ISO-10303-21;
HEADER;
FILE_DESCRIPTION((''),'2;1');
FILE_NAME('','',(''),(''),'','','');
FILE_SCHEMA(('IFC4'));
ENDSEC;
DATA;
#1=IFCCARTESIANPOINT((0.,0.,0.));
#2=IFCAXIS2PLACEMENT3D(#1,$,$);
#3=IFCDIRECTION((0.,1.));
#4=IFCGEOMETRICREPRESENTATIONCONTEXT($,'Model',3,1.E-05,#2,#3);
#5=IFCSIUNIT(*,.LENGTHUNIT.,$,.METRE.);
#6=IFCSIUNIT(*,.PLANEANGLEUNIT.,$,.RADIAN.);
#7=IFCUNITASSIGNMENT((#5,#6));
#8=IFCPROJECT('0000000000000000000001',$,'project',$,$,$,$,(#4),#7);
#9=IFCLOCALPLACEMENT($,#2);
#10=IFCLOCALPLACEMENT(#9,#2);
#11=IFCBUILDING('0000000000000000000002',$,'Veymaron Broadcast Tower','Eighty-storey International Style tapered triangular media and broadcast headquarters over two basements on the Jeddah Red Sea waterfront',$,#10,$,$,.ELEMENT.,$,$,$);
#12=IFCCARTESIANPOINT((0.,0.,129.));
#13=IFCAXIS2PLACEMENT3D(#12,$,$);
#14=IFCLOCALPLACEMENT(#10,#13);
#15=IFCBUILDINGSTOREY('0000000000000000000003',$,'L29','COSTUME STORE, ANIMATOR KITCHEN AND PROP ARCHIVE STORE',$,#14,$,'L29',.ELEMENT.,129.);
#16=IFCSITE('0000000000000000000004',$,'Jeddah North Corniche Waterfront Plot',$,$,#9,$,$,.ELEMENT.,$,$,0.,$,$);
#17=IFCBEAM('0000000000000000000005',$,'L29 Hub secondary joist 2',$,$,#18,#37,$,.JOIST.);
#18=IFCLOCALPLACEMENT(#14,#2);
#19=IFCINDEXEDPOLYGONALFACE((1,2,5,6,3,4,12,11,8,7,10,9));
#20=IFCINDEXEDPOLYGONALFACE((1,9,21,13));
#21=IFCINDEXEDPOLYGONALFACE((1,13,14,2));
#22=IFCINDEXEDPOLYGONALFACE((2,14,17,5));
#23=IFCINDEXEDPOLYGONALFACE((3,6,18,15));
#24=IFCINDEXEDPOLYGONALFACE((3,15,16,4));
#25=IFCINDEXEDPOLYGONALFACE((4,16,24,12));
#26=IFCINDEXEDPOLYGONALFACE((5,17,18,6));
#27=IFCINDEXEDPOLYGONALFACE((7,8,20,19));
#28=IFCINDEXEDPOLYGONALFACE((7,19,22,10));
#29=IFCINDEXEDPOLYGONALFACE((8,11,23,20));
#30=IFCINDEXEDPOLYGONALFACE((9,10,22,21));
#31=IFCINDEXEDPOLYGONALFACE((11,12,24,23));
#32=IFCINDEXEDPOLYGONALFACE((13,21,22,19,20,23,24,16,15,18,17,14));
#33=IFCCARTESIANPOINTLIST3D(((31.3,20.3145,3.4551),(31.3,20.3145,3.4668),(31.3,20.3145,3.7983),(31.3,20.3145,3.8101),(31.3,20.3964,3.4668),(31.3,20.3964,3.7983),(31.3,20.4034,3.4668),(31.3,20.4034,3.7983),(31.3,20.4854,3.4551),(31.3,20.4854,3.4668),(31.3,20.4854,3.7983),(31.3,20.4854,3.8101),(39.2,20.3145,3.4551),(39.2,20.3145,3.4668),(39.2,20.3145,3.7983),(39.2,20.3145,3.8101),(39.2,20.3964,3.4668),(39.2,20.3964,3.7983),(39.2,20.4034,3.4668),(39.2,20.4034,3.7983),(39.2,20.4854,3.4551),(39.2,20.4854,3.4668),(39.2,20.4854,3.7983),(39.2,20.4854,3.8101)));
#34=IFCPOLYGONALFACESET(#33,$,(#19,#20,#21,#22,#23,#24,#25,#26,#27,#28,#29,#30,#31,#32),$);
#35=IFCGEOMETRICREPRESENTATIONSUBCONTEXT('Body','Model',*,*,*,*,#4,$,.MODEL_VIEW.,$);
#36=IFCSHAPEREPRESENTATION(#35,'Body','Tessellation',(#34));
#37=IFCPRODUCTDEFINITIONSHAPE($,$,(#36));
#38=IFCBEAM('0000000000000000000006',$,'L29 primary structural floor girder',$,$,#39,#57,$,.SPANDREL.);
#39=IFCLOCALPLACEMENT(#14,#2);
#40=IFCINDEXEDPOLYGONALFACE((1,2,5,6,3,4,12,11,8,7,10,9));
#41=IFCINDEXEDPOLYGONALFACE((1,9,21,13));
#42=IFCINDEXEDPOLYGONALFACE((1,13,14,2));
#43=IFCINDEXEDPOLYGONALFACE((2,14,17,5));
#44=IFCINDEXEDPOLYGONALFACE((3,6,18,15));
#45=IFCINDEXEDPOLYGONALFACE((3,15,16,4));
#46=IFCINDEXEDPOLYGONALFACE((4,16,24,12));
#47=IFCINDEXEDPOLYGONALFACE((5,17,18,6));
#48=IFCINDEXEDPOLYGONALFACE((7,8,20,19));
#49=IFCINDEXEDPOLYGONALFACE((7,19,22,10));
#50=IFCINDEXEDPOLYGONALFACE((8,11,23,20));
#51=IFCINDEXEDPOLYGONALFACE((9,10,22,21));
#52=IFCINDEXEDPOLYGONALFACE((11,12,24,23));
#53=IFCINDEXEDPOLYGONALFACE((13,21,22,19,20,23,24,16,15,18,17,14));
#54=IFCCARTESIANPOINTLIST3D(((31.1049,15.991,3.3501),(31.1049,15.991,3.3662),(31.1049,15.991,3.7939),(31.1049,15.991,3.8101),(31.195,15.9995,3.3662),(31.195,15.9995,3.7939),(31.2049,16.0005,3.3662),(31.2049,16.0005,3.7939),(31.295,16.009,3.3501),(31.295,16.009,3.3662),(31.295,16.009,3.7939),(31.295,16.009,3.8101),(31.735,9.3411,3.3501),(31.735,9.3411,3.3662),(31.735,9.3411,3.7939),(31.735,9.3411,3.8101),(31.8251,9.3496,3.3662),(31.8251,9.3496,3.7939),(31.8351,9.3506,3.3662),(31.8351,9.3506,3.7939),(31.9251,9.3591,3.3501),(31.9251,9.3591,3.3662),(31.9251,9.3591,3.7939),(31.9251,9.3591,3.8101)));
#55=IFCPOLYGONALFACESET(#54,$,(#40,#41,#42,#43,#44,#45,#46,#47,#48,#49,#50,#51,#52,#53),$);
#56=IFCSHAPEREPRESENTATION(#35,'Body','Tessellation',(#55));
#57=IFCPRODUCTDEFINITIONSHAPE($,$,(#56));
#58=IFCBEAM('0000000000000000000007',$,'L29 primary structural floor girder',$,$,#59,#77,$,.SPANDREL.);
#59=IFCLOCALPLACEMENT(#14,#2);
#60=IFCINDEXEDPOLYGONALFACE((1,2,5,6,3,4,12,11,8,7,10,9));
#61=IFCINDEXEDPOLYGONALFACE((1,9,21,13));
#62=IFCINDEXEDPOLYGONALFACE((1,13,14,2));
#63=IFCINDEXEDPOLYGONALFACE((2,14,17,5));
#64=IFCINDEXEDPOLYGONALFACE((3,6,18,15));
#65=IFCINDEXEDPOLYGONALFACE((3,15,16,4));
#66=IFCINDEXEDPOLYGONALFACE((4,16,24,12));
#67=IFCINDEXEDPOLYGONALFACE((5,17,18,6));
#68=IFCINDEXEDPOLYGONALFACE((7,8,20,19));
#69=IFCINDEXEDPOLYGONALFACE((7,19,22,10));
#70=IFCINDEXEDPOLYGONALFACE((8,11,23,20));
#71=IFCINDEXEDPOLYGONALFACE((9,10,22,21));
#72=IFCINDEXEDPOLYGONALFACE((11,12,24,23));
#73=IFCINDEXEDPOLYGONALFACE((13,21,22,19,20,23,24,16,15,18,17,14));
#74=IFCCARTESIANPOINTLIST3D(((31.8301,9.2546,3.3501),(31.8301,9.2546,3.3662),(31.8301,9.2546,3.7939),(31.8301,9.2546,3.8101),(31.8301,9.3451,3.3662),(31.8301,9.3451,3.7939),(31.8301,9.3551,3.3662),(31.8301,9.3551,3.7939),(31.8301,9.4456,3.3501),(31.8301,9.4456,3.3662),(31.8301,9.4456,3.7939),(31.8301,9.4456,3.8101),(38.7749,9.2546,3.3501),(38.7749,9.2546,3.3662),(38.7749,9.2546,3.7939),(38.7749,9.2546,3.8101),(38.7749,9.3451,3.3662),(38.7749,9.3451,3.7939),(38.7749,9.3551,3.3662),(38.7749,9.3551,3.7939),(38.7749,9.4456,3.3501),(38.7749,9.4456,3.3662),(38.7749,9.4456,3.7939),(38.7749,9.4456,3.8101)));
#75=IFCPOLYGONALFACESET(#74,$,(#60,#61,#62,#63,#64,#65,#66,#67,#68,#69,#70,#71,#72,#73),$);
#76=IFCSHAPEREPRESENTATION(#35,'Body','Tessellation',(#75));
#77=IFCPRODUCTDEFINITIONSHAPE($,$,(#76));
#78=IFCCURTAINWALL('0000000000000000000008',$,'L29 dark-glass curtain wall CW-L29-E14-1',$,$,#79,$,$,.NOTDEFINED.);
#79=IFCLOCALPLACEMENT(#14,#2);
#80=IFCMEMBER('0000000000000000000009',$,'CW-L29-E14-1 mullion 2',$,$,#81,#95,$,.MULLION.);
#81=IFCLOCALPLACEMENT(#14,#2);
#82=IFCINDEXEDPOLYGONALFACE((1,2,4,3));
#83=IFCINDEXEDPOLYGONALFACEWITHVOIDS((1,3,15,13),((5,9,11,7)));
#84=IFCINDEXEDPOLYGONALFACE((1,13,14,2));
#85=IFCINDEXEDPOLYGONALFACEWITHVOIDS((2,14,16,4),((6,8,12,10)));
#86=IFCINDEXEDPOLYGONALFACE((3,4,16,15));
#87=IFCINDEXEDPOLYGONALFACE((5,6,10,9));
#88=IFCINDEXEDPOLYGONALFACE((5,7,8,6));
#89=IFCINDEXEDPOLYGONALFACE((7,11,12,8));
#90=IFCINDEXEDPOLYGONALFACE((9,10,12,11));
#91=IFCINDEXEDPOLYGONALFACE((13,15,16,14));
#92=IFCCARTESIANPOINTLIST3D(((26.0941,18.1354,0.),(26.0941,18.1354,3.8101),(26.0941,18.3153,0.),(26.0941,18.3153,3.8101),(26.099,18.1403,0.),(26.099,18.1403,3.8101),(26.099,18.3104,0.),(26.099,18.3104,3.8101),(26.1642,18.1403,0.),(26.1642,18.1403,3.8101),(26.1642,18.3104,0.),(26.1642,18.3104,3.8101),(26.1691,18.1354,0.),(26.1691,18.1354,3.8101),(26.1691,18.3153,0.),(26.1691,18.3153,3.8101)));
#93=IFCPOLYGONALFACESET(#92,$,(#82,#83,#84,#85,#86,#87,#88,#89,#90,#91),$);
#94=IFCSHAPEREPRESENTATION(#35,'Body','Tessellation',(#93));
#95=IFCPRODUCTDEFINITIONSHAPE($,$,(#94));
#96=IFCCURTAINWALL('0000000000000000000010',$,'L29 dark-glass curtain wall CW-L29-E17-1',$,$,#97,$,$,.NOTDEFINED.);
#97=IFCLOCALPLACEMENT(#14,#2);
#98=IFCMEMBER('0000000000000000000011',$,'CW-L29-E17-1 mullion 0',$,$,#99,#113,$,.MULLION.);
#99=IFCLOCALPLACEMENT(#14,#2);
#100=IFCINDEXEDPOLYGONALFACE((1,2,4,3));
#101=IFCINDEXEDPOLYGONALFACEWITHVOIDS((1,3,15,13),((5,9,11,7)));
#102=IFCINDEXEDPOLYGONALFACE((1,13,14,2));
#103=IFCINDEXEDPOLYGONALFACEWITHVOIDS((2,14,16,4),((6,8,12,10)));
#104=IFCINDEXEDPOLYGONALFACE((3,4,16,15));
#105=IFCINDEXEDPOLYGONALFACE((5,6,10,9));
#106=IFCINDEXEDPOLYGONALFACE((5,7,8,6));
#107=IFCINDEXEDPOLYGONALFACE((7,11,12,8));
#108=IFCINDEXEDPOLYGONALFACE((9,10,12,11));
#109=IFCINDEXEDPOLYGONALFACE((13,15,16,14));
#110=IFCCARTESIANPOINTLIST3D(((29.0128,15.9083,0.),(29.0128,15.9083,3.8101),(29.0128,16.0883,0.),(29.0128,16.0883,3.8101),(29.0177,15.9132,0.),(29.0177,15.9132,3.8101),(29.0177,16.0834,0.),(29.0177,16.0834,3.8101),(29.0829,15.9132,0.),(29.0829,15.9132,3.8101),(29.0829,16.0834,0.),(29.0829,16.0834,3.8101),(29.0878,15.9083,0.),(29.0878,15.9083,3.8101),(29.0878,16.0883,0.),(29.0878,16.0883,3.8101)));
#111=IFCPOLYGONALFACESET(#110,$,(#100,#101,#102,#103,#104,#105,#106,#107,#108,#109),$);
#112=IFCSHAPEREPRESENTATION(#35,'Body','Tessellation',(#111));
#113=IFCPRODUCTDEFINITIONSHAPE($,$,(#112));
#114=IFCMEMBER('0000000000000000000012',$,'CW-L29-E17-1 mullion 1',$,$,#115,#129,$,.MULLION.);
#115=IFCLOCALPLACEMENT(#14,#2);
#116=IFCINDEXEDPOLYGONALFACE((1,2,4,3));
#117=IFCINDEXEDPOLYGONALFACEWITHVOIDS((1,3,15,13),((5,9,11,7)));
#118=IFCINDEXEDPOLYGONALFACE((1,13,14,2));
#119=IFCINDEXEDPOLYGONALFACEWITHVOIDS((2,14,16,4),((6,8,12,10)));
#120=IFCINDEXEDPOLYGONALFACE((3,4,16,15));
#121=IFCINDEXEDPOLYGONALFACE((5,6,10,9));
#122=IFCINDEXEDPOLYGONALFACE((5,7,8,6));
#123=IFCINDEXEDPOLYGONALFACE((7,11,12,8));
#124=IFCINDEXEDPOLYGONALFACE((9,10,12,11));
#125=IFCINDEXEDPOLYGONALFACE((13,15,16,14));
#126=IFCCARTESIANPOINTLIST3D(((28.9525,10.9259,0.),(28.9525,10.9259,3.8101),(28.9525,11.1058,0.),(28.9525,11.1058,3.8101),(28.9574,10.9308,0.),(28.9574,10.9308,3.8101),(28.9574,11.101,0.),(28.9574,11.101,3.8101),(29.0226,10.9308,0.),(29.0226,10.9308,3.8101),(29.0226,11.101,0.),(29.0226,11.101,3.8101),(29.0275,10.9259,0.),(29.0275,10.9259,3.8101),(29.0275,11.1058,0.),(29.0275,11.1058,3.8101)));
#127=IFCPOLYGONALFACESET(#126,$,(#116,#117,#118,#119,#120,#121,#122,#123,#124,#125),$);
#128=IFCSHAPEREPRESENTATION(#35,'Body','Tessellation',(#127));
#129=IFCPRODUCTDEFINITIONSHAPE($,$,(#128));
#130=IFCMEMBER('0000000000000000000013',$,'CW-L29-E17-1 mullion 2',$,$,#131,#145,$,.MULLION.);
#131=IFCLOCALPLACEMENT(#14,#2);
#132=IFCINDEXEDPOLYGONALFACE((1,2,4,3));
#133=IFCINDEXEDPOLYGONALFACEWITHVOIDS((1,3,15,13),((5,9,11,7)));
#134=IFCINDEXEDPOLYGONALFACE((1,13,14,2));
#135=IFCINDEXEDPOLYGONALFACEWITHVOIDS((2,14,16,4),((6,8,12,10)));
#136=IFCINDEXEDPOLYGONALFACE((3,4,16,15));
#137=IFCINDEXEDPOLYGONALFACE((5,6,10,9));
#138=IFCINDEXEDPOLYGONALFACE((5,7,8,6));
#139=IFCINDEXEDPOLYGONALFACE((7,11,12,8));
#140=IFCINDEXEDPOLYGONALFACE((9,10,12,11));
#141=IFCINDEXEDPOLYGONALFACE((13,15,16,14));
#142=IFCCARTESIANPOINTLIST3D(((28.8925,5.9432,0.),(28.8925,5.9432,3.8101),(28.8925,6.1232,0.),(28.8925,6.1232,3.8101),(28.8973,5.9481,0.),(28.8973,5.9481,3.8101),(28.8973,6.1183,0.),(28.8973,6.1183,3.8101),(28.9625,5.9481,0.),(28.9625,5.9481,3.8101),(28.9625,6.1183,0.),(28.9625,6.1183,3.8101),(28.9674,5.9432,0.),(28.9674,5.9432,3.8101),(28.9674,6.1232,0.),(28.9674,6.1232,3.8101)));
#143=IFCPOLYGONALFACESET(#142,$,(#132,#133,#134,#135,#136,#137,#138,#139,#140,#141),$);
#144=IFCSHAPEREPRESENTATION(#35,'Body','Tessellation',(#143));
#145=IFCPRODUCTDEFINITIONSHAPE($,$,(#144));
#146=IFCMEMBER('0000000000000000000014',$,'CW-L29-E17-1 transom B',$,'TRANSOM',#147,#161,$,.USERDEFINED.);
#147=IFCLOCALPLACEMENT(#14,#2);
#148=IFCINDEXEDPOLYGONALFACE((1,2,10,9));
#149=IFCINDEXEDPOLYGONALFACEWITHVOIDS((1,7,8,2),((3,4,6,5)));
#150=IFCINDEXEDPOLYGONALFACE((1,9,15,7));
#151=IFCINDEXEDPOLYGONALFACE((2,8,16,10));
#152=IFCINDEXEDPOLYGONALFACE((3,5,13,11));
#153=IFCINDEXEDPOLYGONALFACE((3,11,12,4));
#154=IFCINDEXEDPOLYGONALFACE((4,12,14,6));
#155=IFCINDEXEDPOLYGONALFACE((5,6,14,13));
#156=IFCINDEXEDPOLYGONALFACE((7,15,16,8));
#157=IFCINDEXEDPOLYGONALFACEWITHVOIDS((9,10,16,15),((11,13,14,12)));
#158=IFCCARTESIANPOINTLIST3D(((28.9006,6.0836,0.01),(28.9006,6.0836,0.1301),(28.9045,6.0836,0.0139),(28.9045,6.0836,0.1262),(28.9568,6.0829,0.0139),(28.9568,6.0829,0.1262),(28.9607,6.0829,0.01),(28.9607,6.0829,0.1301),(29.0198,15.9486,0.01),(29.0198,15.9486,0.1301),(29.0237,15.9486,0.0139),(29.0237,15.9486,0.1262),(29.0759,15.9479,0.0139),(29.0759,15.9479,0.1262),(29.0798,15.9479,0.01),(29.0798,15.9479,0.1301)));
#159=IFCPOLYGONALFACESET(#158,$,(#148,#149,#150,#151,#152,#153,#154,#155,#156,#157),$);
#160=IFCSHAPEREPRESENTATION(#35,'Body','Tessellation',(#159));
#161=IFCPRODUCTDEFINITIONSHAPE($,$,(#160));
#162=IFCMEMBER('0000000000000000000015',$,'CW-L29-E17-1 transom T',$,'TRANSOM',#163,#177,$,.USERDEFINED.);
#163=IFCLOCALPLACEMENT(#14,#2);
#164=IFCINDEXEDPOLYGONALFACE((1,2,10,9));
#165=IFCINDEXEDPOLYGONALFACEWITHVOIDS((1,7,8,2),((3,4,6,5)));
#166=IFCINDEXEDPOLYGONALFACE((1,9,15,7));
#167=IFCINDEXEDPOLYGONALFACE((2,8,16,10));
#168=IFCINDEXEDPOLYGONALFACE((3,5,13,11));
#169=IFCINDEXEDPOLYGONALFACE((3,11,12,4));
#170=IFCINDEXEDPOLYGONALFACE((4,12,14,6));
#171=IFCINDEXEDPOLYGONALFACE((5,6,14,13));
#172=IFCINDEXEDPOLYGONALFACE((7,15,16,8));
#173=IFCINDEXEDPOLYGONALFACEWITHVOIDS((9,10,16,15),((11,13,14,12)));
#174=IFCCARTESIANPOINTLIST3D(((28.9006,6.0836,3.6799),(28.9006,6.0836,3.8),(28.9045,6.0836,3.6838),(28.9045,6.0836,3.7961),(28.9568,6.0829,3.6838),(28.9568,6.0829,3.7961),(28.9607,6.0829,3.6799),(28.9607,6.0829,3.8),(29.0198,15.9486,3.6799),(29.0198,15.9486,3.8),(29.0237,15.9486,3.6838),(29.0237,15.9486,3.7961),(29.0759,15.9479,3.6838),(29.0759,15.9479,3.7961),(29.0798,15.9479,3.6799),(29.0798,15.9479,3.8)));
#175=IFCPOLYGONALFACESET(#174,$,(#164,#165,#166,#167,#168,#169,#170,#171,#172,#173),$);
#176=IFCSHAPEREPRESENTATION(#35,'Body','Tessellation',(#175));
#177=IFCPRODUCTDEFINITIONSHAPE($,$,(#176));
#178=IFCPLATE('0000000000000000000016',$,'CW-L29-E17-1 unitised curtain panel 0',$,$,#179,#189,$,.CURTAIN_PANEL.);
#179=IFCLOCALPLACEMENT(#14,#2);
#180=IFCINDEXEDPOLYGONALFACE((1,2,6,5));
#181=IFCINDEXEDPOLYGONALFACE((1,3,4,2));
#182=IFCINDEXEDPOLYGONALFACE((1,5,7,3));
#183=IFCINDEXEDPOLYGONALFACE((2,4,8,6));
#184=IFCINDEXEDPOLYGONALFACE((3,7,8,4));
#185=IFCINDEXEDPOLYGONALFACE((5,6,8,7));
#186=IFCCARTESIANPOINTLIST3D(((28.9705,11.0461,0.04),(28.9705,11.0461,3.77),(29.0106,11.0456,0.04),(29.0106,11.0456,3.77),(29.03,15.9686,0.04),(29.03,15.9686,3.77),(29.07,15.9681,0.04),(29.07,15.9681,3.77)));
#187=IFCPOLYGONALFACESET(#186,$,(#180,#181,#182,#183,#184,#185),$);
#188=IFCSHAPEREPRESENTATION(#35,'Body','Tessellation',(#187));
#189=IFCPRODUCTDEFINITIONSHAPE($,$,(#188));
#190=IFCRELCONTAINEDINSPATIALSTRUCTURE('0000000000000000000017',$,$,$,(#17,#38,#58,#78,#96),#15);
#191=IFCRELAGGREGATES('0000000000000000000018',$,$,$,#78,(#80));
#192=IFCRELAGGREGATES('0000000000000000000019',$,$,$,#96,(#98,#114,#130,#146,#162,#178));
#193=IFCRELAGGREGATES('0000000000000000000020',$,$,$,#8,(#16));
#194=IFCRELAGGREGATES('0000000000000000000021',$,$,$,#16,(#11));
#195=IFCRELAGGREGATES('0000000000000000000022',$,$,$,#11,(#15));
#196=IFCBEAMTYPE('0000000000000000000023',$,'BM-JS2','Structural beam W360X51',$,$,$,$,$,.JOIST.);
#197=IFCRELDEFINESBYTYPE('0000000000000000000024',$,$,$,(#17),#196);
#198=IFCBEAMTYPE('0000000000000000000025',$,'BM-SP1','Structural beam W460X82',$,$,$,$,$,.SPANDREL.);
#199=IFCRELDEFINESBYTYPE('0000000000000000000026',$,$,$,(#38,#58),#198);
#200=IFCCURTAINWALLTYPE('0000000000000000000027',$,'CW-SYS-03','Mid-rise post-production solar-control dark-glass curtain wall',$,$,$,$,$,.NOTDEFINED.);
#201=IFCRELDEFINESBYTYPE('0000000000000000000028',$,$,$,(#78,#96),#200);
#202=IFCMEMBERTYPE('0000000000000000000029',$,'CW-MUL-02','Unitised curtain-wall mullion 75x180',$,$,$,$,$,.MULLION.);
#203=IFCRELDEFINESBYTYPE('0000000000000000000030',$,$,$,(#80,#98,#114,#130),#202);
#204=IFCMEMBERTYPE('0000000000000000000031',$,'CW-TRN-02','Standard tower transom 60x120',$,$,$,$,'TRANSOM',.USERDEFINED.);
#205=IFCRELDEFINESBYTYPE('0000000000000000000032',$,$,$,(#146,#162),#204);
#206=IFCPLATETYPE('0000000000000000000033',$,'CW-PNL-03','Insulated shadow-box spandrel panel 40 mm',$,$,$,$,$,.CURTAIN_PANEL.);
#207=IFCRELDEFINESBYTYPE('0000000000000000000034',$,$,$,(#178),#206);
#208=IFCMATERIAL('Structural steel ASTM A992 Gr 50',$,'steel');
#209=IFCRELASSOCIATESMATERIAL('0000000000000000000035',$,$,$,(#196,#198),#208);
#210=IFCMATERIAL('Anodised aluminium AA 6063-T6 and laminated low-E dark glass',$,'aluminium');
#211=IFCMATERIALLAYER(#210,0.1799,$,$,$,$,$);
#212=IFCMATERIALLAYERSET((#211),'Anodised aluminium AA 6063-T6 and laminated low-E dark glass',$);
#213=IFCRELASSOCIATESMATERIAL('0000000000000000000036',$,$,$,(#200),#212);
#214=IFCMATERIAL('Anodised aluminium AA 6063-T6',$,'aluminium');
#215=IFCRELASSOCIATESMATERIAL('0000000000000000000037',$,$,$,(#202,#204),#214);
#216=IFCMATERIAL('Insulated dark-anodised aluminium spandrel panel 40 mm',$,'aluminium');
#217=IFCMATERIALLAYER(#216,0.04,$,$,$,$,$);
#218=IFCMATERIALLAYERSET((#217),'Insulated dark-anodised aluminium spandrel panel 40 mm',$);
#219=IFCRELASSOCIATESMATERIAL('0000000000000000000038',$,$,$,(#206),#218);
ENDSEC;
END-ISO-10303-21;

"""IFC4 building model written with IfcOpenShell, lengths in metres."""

from ifc_helpers import new_model, si_unit, direction, frame, origin, origin_2d, place, context, subcontext, project, spatial, rectangle, hollow_rectangle, i_section, extrude, material, layer, layer_set, material_profile, profile_set, type_object, element, aggregate, save


model = new_model("IFC4")

# Units and contexts
model_context = context("Model", 3, precision=1e-05, world=origin(), true_north=direction((0.0, 1.0)))
body_context = subcontext(model_context, "Body", "Model", "MODEL_VIEW")
ifc_project = project(units=[si_unit("LENGTHUNIT", "METRE"), si_unit("PLANEANGLEUNIT", "RADIAN")], contexts=[model_context])

# Site, building, storey
site_placement = place(None, origin())
site = spatial("IfcSite", under=ifc_project, at=site_placement, Name="Jeddah North Corniche Waterfront Plot", CompositionType="ELEMENT", RefElevation=0.0)
building_placement = place(site_placement, origin())
building = spatial("IfcBuilding", under=site, at=building_placement, Name="Veymaron Broadcast Tower", Description="Eighty-storey International Style tapered triangular media and broadcast headquarters over two basements on the Jeddah Red Sea waterfront", CompositionType="ELEMENT")
storey_placement = place(building_placement, frame((0.0, 0.0, 129.0)))
storey = spatial("IfcBuildingStorey", under=building, at=storey_placement, Name="L29", Description="COSTUME STORE, ANIMATOR KITCHEN AND PROP ARCHIVE STORE", LongName="L29", CompositionType="ELEMENT", Elevation=129.0)

# Shared definitions
ifc_material_1 = material(Name="Structural steel ASTM A992 Gr 50", Category="steel")

# Beams
ifc_material_profile_1 = material_profile(ifc_material_1, i_section(OverallWidth=0.1709, OverallDepth=0.355, WebThickness=0.0071, FlangeThickness=0.0117, at=origin_2d()), Name="W360X51")
ifc_profile_set_1 = profile_set([ifc_material_profile_1], Name="Structural steel ASTM A992 Gr 50")
beam_type_1 = type_object("IfcBeamType", Name="BM-JS2", Description="Structural beam W360X51", PredefinedType="JOIST", material=ifc_profile_set_1)
for number, where, z_axis, x_axis, name in (
    (1, (31.3, 20.3999, 3.6326), (1.0, 0.0, 0.0), (0.0, 1.0, 0.0), "L29 Hub secondary joist 2"),
):
    element("IfcBeam", number, at=place(storey_placement, frame(where, z_axis=z_axis, x_axis=x_axis)), inside=storey, type_object=beam_type_1, Name=name, PredefinedType="JOIST", context=body_context, shape_type="SweptSolid", body=[
        extrude(i_section(OverallWidth=0.1709, OverallDepth=0.355, WebThickness=0.0071, FlangeThickness=0.0117, at=origin_2d()), origin(), (0.0, 0.0, 1.0), 7.8999),
    ])
ifc_material_profile_2 = material_profile(ifc_material_1, i_section(OverallWidth=0.1909, OverallDepth=0.46, WebThickness=0.01, FlangeThickness=0.0161, at=origin_2d()), Name="W460X82")
ifc_profile_set_2 = profile_set([ifc_material_profile_2], Name="Structural steel ASTM A992 Gr 50")
beam_type_2 = type_object("IfcBeamType", Name="BM-SP1", Description="Structural beam W460X82", PredefinedType="SPANDREL", material=ifc_profile_set_2)
beam_1_placement = place(storey_placement, frame((31.2, 16.0, 3.5801), z_axis=(0.094335, -0.995541, 0.0), x_axis=(0.995541, 0.094335, 0.0)))
element("IfcBeam", 2, at=beam_1_placement, inside=storey, type_object=beam_type_2, Name="L29 primary structural floor girder", PredefinedType="SPANDREL", context=body_context, shape_type="SweptSolid", body=[
    extrude(i_section(OverallWidth=0.1909, OverallDepth=0.46, WebThickness=0.01, FlangeThickness=0.0161, at=origin_2d()), origin(), (0.0, 0.0, 1.0), 6.6797),
])
beam_2_placement = place(storey_placement, frame((31.8301, 9.3501, 3.5801), z_axis=(1.0, 0.0, 0.0), x_axis=(0.0, 1.0, 0.0)))
element("IfcBeam", 3, at=beam_2_placement, inside=storey, type_object=beam_type_2, Name="L29 primary structural floor girder", PredefinedType="SPANDREL", context=body_context, shape_type="SweptSolid", body=[
    extrude(i_section(OverallWidth=0.1909, OverallDepth=0.46, WebThickness=0.01, FlangeThickness=0.0161, at=origin_2d()), origin(), (0.0, 0.0, 1.0), 6.9448),
])

# Curtain wall, member
ifc_material_2 = material(Name="Anodised aluminium AA 6063-T6 and laminated low-E dark glass", Category="aluminium")
ifc_layer_1 = layer(ifc_material_2, 0.1799)
ifc_layer_set_1 = layer_set([ifc_layer_1], Name="Anodised aluminium AA 6063-T6 and laminated low-E dark glass")
curtain_wall_type = type_object("IfcCurtainWallType", Name="CW-SYS-03", Description="Mid-rise post-production solar-control dark-glass curtain wall", PredefinedType="NOTDEFINED", material=ifc_layer_set_1)
curtain_wall_1_placement = place(storey_placement, origin())
curtain_wall_1 = element("IfcCurtainWall", 4, at=curtain_wall_1_placement, inside=storey, type_object=curtain_wall_type, Name="L29 dark-glass curtain wall CW-L29-E14-1", PredefinedType="NOTDEFINED")
ifc_material_3 = material(Name="Anodised aluminium AA 6063-T6", Category="aluminium")
ifc_material_profile_3 = material_profile(ifc_material_3, hollow_rectangle(XDim=0.075, YDim=0.1799, WallThickness=0.0049, at=origin_2d()), Name="AL180X75X5")
ifc_profile_set_3 = profile_set([ifc_material_profile_3], Name="Anodised aluminium AA 6063-T6")
member_type_1 = type_object("IfcMemberType", Name="CW-MUL-02", Description="Unitised curtain-wall mullion 75x180", PredefinedType="MULLION", material=ifc_profile_set_3)
member_1_placement = place(storey_placement, frame((26.1316, 18.2253, 0.0), z_axis=(0.0, 0.0, 1.0), x_axis=(1.0, 0.0, 0.0)))
member_1 = element("IfcMember", 5, at=member_1_placement, type_object=member_type_1, Name="CW-L29-E14-1 mullion 2", PredefinedType="MULLION", context=body_context, shape_type="SweptSolid", body=[
    extrude(hollow_rectangle(XDim=0.075, YDim=0.1799, WallThickness=0.0049, at=origin_2d()), origin(), (0.0, 0.0, 1.0), 3.8101),
])
aggregate(curtain_wall_1, [member_1])

# Curtain wall, members, plate
curtain_wall_2_placement = place(storey_placement, origin())
curtain_wall_2 = element("IfcCurtainWall", 6, at=curtain_wall_2_placement, inside=storey, type_object=curtain_wall_type, Name="L29 dark-glass curtain wall CW-L29-E17-1", PredefinedType="NOTDEFINED")
member_2_placement = place(storey_placement, frame((29.0503, 15.9983, 0.0), z_axis=(0.0, 0.0, 1.0), x_axis=(1.0, 0.0, 0.0)))
member_2 = element("IfcMember", 7, at=member_2_placement, type_object=member_type_1, Name="CW-L29-E17-1 mullion 0", PredefinedType="MULLION", context=body_context, shape_type="SweptSolid", body=[
    extrude(hollow_rectangle(XDim=0.075, YDim=0.1799, WallThickness=0.0049, at=origin_2d()), origin(), (0.0, 0.0, 1.0), 3.8101),
])
member_3_placement = place(storey_placement, frame((28.99, 11.0159, 0.0), z_axis=(0.0, 0.0, 1.0), x_axis=(1.0, 0.0, 0.0)))
member_3 = element("IfcMember", 8, at=member_3_placement, type_object=member_type_1, Name="CW-L29-E17-1 mullion 1", PredefinedType="MULLION", context=body_context, shape_type="SweptSolid", body=[
    extrude(hollow_rectangle(XDim=0.075, YDim=0.1799, WallThickness=0.0049, at=origin_2d()), origin(), (0.0, 0.0, 1.0), 3.8101),
])
member_4_placement = place(storey_placement, frame((28.9299, 6.0332, 0.0), z_axis=(0.0, 0.0, 1.0), x_axis=(1.0, 0.0, 0.0)))
member_4 = element("IfcMember", 9, at=member_4_placement, type_object=member_type_1, Name="CW-L29-E17-1 mullion 2", PredefinedType="MULLION", context=body_context, shape_type="SweptSolid", body=[
    extrude(hollow_rectangle(XDim=0.075, YDim=0.1799, WallThickness=0.0049, at=origin_2d()), origin(), (0.0, 0.0, 1.0), 3.8101),
])
ifc_material_profile_4 = material_profile(ifc_material_3, hollow_rectangle(XDim=0.0601, YDim=0.1201, WallThickness=0.0039, at=origin_2d()), Name="AL120X60X4")
ifc_profile_set_4 = profile_set([ifc_material_profile_4], Name="Anodised aluminium AA 6063-T6")
member_type_2 = type_object("IfcMemberType", Name="CW-TRN-02", Description="Standard tower transom 60x120", ElementType="TRANSOM", PredefinedType="USERDEFINED", material=ifc_profile_set_4)
member_5_placement = place(storey_placement, frame((29.0498, 15.9482, 0.0701), z_axis=(-0.012076, -0.999927, 0.0), x_axis=(0.999927, -0.012076, 0.0)))
member_5 = element("IfcMember", 10, at=member_5_placement, type_object=member_type_2, Name="CW-L29-E17-1 transom B", ObjectType="TRANSOM", PredefinedType="USERDEFINED", context=body_context, shape_type="SweptSolid", body=[
    extrude(hollow_rectangle(XDim=0.0601, YDim=0.1201, WallThickness=0.0039, at=origin_2d()), origin(), (0.0, 0.0, 1.0), 9.8657),
])
member_6_placement = place(storey_placement, frame((29.0498, 15.9482, 3.74), z_axis=(-0.012076, -0.999927, 0.0), x_axis=(0.999927, -0.012076, 0.0)))
member_6 = element("IfcMember", 11, at=member_6_placement, type_object=member_type_2, Name="CW-L29-E17-1 transom T", ObjectType="TRANSOM", PredefinedType="USERDEFINED", context=body_context, shape_type="SweptSolid", body=[
    extrude(hollow_rectangle(XDim=0.0601, YDim=0.1201, WallThickness=0.0039, at=origin_2d()), origin(), (0.0, 0.0, 1.0), 9.8657),
])
ifc_material_4 = material(Name="Insulated dark-anodised aluminium spandrel panel 40 mm", Category="aluminium")
ifc_layer_2 = layer(ifc_material_4, 0.04)
ifc_layer_set_2 = layer_set([ifc_layer_2], Name="Insulated dark-anodised aluminium spandrel panel 40 mm")
plate_type = type_object("IfcPlateType", Name="CW-PNL-03", Description="Insulated shadow-box spandrel panel 40 mm", PredefinedType="CURTAIN_PANEL", material=ifc_layer_set_2)
plate_1_placement = place(storey_placement, frame((29.0203, 13.5071, 0.04), z_axis=(0.0, 0.0, 1.0), x_axis=(-0.012077, -0.999927, 0.0)))
plate_1 = element("IfcPlate", 12, at=plate_1_placement, type_object=plate_type, Name="CW-L29-E17-1 unitised curtain panel 0", PredefinedType="CURTAIN_PANEL", context=body_context, shape_type="SweptSolid", body=[
    extrude(rectangle(XDim=4.9229, YDim=0.04, at=origin_2d()), origin(), (0.0, 0.0, 1.0), 3.73),
])
aggregate(curtain_wall_2, [member_2, member_3, member_4, member_5, member_6, plate_1])

save(model, "model.ifc")
